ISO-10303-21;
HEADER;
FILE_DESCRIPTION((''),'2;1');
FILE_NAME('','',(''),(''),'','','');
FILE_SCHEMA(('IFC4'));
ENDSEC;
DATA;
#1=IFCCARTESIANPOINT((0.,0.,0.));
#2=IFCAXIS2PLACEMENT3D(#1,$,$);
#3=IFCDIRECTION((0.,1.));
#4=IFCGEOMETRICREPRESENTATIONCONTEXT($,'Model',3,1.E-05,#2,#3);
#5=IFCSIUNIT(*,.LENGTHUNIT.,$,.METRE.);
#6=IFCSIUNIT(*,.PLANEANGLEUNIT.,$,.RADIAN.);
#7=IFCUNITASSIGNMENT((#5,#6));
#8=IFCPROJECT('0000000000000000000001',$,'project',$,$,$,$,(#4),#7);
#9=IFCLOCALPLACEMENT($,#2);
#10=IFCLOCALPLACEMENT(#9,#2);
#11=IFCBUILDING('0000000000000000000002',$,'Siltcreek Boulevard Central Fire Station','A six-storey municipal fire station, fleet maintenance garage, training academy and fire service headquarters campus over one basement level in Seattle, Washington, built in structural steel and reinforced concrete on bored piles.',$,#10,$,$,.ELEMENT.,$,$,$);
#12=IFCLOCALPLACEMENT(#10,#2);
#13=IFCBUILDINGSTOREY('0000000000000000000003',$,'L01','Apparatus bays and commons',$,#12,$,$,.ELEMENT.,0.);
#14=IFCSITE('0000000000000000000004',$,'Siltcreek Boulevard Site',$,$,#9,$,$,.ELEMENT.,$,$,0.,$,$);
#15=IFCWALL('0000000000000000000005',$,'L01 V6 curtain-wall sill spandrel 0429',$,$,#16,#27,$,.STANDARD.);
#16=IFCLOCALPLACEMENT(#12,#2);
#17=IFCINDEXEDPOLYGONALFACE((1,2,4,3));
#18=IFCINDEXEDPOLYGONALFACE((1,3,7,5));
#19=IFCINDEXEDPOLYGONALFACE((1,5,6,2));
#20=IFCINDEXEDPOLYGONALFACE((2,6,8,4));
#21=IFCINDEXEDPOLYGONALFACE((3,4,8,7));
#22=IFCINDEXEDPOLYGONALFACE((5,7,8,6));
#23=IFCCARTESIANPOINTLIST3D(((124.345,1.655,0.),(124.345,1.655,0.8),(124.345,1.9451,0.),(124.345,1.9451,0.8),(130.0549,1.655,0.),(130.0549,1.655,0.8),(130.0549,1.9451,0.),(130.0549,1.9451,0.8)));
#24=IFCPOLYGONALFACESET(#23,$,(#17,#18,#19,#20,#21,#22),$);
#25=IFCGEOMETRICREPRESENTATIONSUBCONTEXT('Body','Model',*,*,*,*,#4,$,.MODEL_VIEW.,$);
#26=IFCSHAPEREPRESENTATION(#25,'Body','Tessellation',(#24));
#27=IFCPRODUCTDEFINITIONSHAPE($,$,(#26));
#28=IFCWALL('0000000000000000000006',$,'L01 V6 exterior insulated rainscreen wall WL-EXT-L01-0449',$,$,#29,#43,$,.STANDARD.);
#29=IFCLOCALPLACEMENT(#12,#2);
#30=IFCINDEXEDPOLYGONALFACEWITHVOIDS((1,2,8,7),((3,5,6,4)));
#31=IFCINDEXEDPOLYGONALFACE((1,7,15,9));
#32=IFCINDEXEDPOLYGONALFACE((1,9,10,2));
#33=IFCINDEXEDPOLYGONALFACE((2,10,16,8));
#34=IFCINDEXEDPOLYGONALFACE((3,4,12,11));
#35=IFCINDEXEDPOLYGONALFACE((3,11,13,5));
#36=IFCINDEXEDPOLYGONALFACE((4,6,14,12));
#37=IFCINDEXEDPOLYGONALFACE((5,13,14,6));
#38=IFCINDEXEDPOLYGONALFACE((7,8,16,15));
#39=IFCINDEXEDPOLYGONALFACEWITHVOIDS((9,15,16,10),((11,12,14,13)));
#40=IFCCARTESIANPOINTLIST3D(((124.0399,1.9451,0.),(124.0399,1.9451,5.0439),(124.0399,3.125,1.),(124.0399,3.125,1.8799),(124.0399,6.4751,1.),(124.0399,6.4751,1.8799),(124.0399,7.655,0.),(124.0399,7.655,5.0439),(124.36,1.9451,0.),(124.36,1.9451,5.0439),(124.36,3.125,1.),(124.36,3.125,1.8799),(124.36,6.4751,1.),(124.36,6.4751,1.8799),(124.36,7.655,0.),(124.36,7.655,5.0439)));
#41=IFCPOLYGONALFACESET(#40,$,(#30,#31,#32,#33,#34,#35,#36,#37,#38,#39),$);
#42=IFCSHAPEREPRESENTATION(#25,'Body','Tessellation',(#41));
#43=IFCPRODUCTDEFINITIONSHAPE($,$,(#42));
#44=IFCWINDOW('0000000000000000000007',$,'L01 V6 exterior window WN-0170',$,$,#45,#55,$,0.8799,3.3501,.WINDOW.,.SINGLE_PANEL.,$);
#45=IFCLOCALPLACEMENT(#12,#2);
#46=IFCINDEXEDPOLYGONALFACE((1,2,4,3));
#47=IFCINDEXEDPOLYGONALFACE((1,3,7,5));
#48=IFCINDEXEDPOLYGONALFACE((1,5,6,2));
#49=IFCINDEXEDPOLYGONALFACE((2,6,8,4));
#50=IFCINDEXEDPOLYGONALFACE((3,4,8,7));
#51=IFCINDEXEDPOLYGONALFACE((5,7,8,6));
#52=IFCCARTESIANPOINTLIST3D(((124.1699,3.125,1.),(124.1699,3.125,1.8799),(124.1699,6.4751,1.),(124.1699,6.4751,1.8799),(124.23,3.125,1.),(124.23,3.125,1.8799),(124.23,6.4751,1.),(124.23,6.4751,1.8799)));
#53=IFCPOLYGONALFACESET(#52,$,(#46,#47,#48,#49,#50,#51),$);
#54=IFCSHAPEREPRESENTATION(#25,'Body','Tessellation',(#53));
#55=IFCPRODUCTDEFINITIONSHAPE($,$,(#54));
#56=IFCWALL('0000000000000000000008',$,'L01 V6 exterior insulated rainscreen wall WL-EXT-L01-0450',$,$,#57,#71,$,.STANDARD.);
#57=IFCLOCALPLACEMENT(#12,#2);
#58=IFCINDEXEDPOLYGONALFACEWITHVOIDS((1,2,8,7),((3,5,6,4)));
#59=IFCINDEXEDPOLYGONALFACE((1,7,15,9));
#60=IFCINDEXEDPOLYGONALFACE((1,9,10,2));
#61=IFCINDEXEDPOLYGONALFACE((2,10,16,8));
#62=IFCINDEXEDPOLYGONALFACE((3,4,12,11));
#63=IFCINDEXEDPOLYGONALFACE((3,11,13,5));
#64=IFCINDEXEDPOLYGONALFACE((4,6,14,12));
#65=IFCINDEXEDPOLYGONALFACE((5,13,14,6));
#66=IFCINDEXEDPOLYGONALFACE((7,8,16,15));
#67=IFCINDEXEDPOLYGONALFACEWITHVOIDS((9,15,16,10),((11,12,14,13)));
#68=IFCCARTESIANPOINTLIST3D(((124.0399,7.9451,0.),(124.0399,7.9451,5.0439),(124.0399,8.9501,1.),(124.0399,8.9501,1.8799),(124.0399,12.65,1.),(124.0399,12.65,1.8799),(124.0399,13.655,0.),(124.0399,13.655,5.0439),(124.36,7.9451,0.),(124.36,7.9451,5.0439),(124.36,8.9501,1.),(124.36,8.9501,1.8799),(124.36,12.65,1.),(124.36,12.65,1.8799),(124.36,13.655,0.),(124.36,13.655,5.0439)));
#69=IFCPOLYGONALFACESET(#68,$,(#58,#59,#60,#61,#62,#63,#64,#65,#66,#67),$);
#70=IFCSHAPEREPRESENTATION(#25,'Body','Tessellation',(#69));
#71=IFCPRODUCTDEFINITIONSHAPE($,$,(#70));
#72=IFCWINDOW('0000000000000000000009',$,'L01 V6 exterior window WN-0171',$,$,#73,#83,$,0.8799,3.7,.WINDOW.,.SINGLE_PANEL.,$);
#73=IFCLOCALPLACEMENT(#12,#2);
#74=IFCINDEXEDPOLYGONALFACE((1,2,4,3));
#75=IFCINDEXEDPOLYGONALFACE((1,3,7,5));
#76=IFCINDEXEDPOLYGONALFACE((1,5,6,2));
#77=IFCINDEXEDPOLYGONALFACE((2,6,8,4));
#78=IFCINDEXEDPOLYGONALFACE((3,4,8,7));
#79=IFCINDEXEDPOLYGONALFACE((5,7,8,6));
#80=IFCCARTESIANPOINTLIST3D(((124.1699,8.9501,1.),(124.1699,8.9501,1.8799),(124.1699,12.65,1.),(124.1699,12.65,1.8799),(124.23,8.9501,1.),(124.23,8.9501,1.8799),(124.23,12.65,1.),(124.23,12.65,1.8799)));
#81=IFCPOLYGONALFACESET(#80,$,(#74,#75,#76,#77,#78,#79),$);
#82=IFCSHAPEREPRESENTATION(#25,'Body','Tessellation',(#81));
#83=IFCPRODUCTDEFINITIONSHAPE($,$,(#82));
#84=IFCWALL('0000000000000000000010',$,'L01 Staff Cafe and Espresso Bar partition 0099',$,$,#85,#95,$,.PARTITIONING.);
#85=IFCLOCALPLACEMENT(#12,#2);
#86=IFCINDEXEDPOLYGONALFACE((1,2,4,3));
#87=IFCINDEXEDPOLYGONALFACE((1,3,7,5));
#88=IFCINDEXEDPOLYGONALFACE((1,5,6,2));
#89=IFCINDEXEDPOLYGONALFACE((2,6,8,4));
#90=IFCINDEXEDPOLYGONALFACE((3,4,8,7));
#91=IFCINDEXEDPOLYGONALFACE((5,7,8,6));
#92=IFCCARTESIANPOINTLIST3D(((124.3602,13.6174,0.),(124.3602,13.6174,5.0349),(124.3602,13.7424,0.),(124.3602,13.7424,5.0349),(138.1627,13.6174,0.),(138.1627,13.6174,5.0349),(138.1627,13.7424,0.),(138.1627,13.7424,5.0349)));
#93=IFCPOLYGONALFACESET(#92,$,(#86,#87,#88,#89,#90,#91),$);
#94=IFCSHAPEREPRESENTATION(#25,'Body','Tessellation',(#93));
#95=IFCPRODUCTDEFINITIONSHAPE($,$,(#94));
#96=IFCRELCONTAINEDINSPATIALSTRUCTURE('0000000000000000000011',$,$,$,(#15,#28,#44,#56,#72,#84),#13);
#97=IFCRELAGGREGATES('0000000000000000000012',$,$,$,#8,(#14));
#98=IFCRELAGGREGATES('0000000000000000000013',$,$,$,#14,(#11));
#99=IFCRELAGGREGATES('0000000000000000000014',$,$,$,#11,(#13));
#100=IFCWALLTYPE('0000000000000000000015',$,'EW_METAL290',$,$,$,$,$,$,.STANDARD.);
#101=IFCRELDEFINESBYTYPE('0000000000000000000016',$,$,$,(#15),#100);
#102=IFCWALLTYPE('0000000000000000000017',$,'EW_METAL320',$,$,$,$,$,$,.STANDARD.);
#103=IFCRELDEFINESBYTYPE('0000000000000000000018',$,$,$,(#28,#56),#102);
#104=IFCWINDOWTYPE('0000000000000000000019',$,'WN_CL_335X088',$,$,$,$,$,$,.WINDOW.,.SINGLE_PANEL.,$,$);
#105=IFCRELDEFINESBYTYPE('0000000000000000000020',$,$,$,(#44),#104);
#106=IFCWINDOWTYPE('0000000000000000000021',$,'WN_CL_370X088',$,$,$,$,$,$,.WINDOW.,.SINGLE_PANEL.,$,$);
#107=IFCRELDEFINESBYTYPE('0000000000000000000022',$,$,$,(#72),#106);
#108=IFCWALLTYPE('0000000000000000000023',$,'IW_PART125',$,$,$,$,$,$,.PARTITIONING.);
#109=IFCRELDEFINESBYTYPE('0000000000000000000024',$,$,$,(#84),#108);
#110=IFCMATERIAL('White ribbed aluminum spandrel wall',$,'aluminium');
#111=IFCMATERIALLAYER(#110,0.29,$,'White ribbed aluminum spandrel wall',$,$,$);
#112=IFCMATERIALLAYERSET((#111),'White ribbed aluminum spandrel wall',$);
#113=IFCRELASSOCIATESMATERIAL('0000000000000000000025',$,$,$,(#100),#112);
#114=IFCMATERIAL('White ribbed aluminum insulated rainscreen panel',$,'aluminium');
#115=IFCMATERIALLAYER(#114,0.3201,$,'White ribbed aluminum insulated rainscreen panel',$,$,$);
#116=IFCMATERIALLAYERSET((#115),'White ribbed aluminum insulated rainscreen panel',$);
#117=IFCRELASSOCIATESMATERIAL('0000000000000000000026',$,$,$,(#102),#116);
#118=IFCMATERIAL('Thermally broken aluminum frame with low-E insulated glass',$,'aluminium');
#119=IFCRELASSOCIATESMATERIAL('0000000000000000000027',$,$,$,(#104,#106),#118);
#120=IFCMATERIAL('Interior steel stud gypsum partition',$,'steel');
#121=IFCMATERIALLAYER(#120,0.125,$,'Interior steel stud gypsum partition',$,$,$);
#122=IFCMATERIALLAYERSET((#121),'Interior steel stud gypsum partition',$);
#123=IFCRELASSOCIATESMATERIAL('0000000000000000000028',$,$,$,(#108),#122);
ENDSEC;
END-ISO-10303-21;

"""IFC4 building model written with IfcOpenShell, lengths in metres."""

from ifc_helpers import new_model, si_unit, direction, frame, frame_2d, origin, place, context, subcontext, project, spatial, rectangle, extrude, material, layer, layer_set, type_object, element, fill, save


model = new_model("IFC4")

# Units and contexts
model_context = context("Model", 3, precision=1e-05, world=origin(), true_north=direction((0.0, 1.0)))
body_context = subcontext(model_context, "Body", "Model", "MODEL_VIEW")
ifc_project = project(units=[si_unit("LENGTHUNIT", "METRE"), si_unit("PLANEANGLEUNIT", "RADIAN")], contexts=[model_context])

# Site, building, storey
site_placement = place(None, origin())
site = spatial("IfcSite", under=ifc_project, at=site_placement, Name="Siltcreek Boulevard Site", CompositionType="ELEMENT", RefElevation=0.0)
building_placement = place(site_placement, origin())
building = spatial("IfcBuilding", under=site, at=building_placement, Name="Siltcreek Boulevard Central Fire Station", Description="A six-storey municipal fire station, fleet maintenance garage, training academy and fire service headquarters campus over one basement level in Seattle, Washington, built in structural steel and reinforced concrete on bored piles.", CompositionType="ELEMENT")
storey_placement = place(building_placement, origin())
storey = spatial("IfcBuildingStorey", under=building, at=storey_placement, Name="L01", Description="Apparatus bays and commons", CompositionType="ELEMENT", Elevation=0.0)

# Wall
ifc_material_1 = material(Name="White ribbed aluminum spandrel wall", Category="aluminium")
ifc_layer_1 = layer(ifc_material_1, 0.29, Name="White ribbed aluminum spandrel wall")
ifc_layer_set_1 = layer_set([ifc_layer_1], Name="White ribbed aluminum spandrel wall")
wall_type_1 = type_object("IfcWallType", Name="EW_METAL290", PredefinedType="STANDARD", material=ifc_layer_set_1)
wall_1_placement = place(storey_placement, frame((124.345, 1.8, 0.0), z_axis=(0.0, 0.0, 1.0), x_axis=(1.0, 0.0, 0.0)))
element("IfcWall", 1, at=wall_1_placement, inside=storey, type_object=wall_type_1, Name="L01 V6 curtain-wall sill spandrel 0429", PredefinedType="STANDARD", context=body_context, shape_type="SweptSolid", body=[
    extrude(rectangle(XDim=5.71, YDim=0.29, at=frame_2d((2.855, 0.0))), origin(), (0.0, 0.0, 1.0), 0.8),
])

# Walls, openings, windows
ifc_material_2 = material(Name="White ribbed aluminum insulated rainscreen panel", Category="aluminium")
ifc_layer_2 = layer(ifc_material_2, 0.3201, Name="White ribbed aluminum insulated rainscreen panel")
ifc_layer_set_2 = layer_set([ifc_layer_2], Name="White ribbed aluminum insulated rainscreen panel")
wall_type_2 = type_object("IfcWallType", Name="EW_METAL320", PredefinedType="STANDARD", material=ifc_layer_set_2)
wall_2_placement = place(storey_placement, frame((124.2, 7.655, 0.0), z_axis=(0.0, 0.0, 1.0), x_axis=(0.0, -1.0, 0.0)))
wall_2 = element("IfcWall", 2, at=wall_2_placement, inside=storey, type_object=wall_type_2, Name="L01 V6 exterior insulated rainscreen wall WL-EXT-L01-0449", PredefinedType="STANDARD", context=body_context, shape_type="SweptSolid", body=[
    extrude(rectangle(XDim=5.71, YDim=0.3201, at=frame_2d((2.855, 0.0))), origin(), (0.0, 0.0, 1.0), 5.0439),
])
opening_1_placement = place(wall_2_placement, frame((1.1799, 0.0, 1.0)))
opening_1 = element("IfcOpeningElement", 3, at=opening_1_placement, cuts=wall_2, PredefinedType="OPENING", context=body_context, shape_type="SweptSolid", body=[
    extrude(rectangle(XDim=3.3501, YDim=0.8799, at=frame_2d((1.675, 0.4399))), frame((0.0, 0.1699, 0.0), z_axis=(0.0, -1.0, 0.0), x_axis=(1.0, 0.0, 0.0)), (0.0, 0.0, 1.0), 0.3401),
])
ifc_material_3 = material(Name="Thermally broken aluminum frame with low-E insulated glass", Category="aluminium")
window_type_1 = type_object("IfcWindowType", Name="WN_CL_335X088", PartitioningType="SINGLE_PANEL", PredefinedType="WINDOW", material=ifc_material_3)
window_1_placement = place(opening_1_placement, origin())
window_1 = element("IfcWindow", 4, at=window_1_placement, inside=storey, type_object=window_type_1, Name="L01 V6 exterior window WN-0170", OverallHeight=0.8799, OverallWidth=3.3501, PartitioningType="SINGLE_PANEL", PredefinedType="WINDOW", context=body_context, shape_type="SweptSolid", body=[
    extrude(rectangle(XDim=3.3501, YDim=0.8799, at=frame_2d((1.675, 0.4399))), frame((0.0, 0.03, 0.0), z_axis=(0.0, -1.0, 0.0), x_axis=(1.0, 0.0, 0.0)), (0.0, 0.0, 1.0), 0.0601),
])
fill(opening_1, window_1)
wall_3_placement = place(storey_placement, frame((124.2, 13.655, 0.0), z_axis=(0.0, 0.0, 1.0), x_axis=(0.0, -1.0, 0.0)))
wall_3 = element("IfcWall", 5, at=wall_3_placement, inside=storey, type_object=wall_type_2, Name="L01 V6 exterior insulated rainscreen wall WL-EXT-L01-0450", PredefinedType="STANDARD", context=body_context, shape_type="SweptSolid", body=[
    extrude(rectangle(XDim=5.71, YDim=0.3201, at=frame_2d((2.855, 0.0))), origin(), (0.0, 0.0, 1.0), 5.0439),
])
opening_2_placement = place(wall_3_placement, frame((1.0049, 0.0, 1.0)))
opening_2 = element("IfcOpeningElement", 6, at=opening_2_placement, cuts=wall_3, PredefinedType="OPENING", context=body_context, shape_type="SweptSolid", body=[
    extrude(rectangle(XDim=3.7, YDim=0.8799, at=frame_2d((1.8501, 0.4399))), frame((0.0, 0.1699, 0.0), z_axis=(0.0, -1.0, 0.0), x_axis=(1.0, 0.0, 0.0)), (0.0, 0.0, 1.0), 0.3401),
])
window_type_2 = type_object("IfcWindowType", Name="WN_CL_370X088", PartitioningType="SINGLE_PANEL", PredefinedType="WINDOW", material=ifc_material_3)
window_2_placement = place(opening_2_placement, origin())
window_2 = element("IfcWindow", 7, at=window_2_placement, inside=storey, type_object=window_type_2, Name="L01 V6 exterior window WN-0171", OverallHeight=0.8799, OverallWidth=3.7, PartitioningType="SINGLE_PANEL", PredefinedType="WINDOW", context=body_context, shape_type="SweptSolid", body=[
    extrude(rectangle(XDim=3.7, YDim=0.8799, at=frame_2d((1.8501, 0.4399))), frame((0.0, 0.03, 0.0), z_axis=(0.0, -1.0, 0.0), x_axis=(1.0, 0.0, 0.0)), (0.0, 0.0, 1.0), 0.0601),
])
fill(opening_2, window_2)

# Wall
ifc_material_4 = material(Name="Interior steel stud gypsum partition", Category="steel")
ifc_layer_3 = layer(ifc_material_4, 0.125, Name="Interior steel stud gypsum partition")
ifc_layer_set_3 = layer_set([ifc_layer_3], Name="Interior steel stud gypsum partition")
wall_type_3 = type_object("IfcWallType", Name="IW_PART125", PredefinedType="PARTITIONING", material=ifc_layer_set_3)
wall_4_placement = place(storey_placement, frame((124.3601, 13.6799, 0.0), z_axis=(0.0, 0.0, 1.0), x_axis=(1.0, 0.0, 0.0)))
element("IfcWall", 8, at=wall_4_placement, inside=storey, type_object=wall_type_3, Name="L01 Staff Cafe and Espresso Bar partition 0099", PredefinedType="PARTITIONING", context=body_context, shape_type="SweptSolid", body=[
    extrude(rectangle(XDim=13.8025, YDim=0.125, at=frame_2d((6.9014, 0.0))), origin(), (0.0, 0.0, 1.0), 5.0349),
])

save(model, "model.ifc")
